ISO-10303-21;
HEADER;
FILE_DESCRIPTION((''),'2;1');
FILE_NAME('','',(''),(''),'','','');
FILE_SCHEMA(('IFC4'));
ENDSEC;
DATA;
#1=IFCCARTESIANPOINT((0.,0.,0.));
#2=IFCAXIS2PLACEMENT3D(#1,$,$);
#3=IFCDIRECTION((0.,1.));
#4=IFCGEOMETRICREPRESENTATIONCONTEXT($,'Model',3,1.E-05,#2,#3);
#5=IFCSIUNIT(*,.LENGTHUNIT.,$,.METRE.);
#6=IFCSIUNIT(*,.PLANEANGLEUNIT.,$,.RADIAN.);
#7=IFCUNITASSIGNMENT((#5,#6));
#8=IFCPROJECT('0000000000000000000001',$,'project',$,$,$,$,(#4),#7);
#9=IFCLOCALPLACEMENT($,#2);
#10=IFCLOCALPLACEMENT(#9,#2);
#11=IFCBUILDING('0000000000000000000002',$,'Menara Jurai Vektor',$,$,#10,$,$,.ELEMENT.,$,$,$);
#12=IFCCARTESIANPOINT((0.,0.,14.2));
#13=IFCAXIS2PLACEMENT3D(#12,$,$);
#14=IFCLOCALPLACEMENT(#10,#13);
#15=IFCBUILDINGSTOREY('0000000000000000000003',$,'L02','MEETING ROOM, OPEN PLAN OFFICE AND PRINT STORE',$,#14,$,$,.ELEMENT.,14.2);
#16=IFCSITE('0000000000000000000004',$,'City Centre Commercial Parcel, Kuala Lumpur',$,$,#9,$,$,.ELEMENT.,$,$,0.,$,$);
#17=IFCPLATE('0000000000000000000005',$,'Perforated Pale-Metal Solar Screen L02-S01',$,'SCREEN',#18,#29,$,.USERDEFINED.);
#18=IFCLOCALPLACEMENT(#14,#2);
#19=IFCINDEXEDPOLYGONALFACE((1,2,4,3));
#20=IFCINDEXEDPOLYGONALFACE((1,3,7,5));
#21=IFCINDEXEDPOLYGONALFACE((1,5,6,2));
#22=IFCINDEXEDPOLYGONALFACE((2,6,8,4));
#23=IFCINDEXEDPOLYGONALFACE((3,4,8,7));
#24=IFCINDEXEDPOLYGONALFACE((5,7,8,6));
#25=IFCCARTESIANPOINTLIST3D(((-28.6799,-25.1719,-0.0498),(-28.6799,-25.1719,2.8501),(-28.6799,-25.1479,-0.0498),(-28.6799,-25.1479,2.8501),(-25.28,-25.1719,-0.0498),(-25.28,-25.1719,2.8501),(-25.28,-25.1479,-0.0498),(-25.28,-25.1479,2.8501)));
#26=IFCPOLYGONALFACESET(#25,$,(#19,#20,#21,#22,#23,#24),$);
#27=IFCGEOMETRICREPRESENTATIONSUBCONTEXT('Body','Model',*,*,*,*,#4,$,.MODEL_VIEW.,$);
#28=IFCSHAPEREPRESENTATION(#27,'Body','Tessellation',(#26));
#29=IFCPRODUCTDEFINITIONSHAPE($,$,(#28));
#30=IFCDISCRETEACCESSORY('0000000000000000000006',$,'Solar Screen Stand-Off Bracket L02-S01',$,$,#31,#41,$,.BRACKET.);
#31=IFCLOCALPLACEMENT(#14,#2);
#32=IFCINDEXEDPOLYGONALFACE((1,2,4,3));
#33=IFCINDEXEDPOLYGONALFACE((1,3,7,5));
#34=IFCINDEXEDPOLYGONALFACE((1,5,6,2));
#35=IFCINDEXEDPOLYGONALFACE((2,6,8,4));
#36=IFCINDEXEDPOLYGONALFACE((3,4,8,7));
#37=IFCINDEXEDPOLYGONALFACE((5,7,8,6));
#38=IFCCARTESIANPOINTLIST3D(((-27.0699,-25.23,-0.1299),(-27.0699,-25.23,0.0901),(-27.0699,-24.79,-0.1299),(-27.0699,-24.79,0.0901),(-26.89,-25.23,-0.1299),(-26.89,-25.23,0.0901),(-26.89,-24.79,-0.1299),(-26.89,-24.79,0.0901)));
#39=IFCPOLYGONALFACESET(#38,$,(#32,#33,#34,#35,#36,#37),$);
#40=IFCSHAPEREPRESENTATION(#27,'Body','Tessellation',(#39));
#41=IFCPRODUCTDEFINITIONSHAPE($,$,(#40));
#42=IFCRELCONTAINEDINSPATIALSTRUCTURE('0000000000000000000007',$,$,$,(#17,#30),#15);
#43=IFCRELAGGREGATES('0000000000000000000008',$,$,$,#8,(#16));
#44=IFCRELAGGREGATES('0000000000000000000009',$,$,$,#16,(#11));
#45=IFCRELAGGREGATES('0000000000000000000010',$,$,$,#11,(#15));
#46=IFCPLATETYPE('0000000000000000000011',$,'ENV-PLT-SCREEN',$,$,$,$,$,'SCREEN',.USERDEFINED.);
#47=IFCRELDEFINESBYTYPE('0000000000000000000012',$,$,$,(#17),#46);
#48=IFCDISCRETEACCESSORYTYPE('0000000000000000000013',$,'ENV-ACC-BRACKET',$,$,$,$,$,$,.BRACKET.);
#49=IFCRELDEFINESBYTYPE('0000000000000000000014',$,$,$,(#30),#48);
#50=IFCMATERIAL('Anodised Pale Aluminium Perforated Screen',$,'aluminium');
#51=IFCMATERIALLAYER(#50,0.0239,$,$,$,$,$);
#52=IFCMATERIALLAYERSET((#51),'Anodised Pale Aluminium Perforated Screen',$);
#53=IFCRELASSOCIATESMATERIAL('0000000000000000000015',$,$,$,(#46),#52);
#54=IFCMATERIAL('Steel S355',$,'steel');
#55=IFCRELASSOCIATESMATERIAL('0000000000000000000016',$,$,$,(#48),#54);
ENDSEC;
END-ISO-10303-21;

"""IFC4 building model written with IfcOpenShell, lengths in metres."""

from ifc_helpers import new_model, si_unit, direction, frame, origin, origin_2d, place, context, subcontext, project, spatial, rectangle, extrude, material, layer, layer_set, type_object, element, save


model = new_model("IFC4")

# Units and contexts
model_context = context("Model", 3, precision=1e-05, world=origin(), true_north=direction((0.0, 1.0)))
body_context = subcontext(model_context, "Body", "Model", "MODEL_VIEW")
ifc_project = project(units=[si_unit("LENGTHUNIT", "METRE"), si_unit("PLANEANGLEUNIT", "RADIAN")], contexts=[model_context])

# Site, building, storey
site_placement = place(None, origin())
site = spatial("IfcSite", under=ifc_project, at=site_placement, Name="City Centre Commercial Parcel, Kuala Lumpur", CompositionType="ELEMENT", RefElevation=0.0)
building_placement = place(site_placement, origin())
building = spatial("IfcBuilding", under=site, at=building_placement, Name="Menara Jurai Vektor", CompositionType="ELEMENT")
storey_placement = place(building_placement, frame((0.0, 0.0, 14.2)))
storey = spatial("IfcBuildingStorey", under=building, at=storey_placement, Name="L02", Description="MEETING ROOM, OPEN PLAN OFFICE AND PRINT STORE", CompositionType="ELEMENT", Elevation=14.2)

# Shared definitions
ifc_material_1 = material(Name="Steel S355", Category="steel")

# Plate
ifc_material_2 = material(Name="Anodised Pale Aluminium Perforated Screen", Category="aluminium")
ifc_layer_1 = layer(ifc_material_2, 0.0239)
ifc_layer_set_1 = layer_set([ifc_layer_1], Name="Anodised Pale Aluminium Perforated Screen")
plate_type_1 = type_object("IfcPlateType", Name="ENV-PLT-SCREEN", ElementType="SCREEN", PredefinedType="USERDEFINED", material=ifc_layer_set_1)
plate_1_placement = place(storey_placement, frame((-26.98, -25.1599, -0.0498), z_axis=(0.0, 0.0, 1.0), x_axis=(1.0, 0.0, 0.0)))
element("IfcPlate", 1, at=plate_1_placement, inside=storey, type_object=plate_type_1, Name="Perforated Pale-Metal Solar Screen L02-S01", ObjectType="SCREEN", PredefinedType="USERDEFINED", context=body_context, shape_type="SweptSolid", body=[
    extrude(rectangle(XDim=3.3999, YDim=0.0239, at=origin_2d()), origin(), (0.0, 0.0, 1.0), 2.8999),
])

# Discrete accessory
discrete_accessory_type = type_object("IfcDiscreteAccessoryType", Name="ENV-ACC-BRACKET", PredefinedType="BRACKET", material=ifc_material_1)
discrete_accessory_placement = place(storey_placement, frame((-26.98, -25.01, -0.1299), z_axis=(0.0, 0.0, 1.0), x_axis=(1.0, 0.0, 0.0)))
element("IfcDiscreteAccessory", 2, at=discrete_accessory_placement, inside=storey, type_object=discrete_accessory_type, Name="Solar Screen Stand-Off Bracket L02-S01", PredefinedType="BRACKET", context=body_context, shape_type="SweptSolid", body=[
    extrude(rectangle(XDim=0.1799, YDim=0.4399, at=origin_2d()), origin(), (0.0, 0.0, 1.0), 0.22),
])

save(model, "model.ifc")
